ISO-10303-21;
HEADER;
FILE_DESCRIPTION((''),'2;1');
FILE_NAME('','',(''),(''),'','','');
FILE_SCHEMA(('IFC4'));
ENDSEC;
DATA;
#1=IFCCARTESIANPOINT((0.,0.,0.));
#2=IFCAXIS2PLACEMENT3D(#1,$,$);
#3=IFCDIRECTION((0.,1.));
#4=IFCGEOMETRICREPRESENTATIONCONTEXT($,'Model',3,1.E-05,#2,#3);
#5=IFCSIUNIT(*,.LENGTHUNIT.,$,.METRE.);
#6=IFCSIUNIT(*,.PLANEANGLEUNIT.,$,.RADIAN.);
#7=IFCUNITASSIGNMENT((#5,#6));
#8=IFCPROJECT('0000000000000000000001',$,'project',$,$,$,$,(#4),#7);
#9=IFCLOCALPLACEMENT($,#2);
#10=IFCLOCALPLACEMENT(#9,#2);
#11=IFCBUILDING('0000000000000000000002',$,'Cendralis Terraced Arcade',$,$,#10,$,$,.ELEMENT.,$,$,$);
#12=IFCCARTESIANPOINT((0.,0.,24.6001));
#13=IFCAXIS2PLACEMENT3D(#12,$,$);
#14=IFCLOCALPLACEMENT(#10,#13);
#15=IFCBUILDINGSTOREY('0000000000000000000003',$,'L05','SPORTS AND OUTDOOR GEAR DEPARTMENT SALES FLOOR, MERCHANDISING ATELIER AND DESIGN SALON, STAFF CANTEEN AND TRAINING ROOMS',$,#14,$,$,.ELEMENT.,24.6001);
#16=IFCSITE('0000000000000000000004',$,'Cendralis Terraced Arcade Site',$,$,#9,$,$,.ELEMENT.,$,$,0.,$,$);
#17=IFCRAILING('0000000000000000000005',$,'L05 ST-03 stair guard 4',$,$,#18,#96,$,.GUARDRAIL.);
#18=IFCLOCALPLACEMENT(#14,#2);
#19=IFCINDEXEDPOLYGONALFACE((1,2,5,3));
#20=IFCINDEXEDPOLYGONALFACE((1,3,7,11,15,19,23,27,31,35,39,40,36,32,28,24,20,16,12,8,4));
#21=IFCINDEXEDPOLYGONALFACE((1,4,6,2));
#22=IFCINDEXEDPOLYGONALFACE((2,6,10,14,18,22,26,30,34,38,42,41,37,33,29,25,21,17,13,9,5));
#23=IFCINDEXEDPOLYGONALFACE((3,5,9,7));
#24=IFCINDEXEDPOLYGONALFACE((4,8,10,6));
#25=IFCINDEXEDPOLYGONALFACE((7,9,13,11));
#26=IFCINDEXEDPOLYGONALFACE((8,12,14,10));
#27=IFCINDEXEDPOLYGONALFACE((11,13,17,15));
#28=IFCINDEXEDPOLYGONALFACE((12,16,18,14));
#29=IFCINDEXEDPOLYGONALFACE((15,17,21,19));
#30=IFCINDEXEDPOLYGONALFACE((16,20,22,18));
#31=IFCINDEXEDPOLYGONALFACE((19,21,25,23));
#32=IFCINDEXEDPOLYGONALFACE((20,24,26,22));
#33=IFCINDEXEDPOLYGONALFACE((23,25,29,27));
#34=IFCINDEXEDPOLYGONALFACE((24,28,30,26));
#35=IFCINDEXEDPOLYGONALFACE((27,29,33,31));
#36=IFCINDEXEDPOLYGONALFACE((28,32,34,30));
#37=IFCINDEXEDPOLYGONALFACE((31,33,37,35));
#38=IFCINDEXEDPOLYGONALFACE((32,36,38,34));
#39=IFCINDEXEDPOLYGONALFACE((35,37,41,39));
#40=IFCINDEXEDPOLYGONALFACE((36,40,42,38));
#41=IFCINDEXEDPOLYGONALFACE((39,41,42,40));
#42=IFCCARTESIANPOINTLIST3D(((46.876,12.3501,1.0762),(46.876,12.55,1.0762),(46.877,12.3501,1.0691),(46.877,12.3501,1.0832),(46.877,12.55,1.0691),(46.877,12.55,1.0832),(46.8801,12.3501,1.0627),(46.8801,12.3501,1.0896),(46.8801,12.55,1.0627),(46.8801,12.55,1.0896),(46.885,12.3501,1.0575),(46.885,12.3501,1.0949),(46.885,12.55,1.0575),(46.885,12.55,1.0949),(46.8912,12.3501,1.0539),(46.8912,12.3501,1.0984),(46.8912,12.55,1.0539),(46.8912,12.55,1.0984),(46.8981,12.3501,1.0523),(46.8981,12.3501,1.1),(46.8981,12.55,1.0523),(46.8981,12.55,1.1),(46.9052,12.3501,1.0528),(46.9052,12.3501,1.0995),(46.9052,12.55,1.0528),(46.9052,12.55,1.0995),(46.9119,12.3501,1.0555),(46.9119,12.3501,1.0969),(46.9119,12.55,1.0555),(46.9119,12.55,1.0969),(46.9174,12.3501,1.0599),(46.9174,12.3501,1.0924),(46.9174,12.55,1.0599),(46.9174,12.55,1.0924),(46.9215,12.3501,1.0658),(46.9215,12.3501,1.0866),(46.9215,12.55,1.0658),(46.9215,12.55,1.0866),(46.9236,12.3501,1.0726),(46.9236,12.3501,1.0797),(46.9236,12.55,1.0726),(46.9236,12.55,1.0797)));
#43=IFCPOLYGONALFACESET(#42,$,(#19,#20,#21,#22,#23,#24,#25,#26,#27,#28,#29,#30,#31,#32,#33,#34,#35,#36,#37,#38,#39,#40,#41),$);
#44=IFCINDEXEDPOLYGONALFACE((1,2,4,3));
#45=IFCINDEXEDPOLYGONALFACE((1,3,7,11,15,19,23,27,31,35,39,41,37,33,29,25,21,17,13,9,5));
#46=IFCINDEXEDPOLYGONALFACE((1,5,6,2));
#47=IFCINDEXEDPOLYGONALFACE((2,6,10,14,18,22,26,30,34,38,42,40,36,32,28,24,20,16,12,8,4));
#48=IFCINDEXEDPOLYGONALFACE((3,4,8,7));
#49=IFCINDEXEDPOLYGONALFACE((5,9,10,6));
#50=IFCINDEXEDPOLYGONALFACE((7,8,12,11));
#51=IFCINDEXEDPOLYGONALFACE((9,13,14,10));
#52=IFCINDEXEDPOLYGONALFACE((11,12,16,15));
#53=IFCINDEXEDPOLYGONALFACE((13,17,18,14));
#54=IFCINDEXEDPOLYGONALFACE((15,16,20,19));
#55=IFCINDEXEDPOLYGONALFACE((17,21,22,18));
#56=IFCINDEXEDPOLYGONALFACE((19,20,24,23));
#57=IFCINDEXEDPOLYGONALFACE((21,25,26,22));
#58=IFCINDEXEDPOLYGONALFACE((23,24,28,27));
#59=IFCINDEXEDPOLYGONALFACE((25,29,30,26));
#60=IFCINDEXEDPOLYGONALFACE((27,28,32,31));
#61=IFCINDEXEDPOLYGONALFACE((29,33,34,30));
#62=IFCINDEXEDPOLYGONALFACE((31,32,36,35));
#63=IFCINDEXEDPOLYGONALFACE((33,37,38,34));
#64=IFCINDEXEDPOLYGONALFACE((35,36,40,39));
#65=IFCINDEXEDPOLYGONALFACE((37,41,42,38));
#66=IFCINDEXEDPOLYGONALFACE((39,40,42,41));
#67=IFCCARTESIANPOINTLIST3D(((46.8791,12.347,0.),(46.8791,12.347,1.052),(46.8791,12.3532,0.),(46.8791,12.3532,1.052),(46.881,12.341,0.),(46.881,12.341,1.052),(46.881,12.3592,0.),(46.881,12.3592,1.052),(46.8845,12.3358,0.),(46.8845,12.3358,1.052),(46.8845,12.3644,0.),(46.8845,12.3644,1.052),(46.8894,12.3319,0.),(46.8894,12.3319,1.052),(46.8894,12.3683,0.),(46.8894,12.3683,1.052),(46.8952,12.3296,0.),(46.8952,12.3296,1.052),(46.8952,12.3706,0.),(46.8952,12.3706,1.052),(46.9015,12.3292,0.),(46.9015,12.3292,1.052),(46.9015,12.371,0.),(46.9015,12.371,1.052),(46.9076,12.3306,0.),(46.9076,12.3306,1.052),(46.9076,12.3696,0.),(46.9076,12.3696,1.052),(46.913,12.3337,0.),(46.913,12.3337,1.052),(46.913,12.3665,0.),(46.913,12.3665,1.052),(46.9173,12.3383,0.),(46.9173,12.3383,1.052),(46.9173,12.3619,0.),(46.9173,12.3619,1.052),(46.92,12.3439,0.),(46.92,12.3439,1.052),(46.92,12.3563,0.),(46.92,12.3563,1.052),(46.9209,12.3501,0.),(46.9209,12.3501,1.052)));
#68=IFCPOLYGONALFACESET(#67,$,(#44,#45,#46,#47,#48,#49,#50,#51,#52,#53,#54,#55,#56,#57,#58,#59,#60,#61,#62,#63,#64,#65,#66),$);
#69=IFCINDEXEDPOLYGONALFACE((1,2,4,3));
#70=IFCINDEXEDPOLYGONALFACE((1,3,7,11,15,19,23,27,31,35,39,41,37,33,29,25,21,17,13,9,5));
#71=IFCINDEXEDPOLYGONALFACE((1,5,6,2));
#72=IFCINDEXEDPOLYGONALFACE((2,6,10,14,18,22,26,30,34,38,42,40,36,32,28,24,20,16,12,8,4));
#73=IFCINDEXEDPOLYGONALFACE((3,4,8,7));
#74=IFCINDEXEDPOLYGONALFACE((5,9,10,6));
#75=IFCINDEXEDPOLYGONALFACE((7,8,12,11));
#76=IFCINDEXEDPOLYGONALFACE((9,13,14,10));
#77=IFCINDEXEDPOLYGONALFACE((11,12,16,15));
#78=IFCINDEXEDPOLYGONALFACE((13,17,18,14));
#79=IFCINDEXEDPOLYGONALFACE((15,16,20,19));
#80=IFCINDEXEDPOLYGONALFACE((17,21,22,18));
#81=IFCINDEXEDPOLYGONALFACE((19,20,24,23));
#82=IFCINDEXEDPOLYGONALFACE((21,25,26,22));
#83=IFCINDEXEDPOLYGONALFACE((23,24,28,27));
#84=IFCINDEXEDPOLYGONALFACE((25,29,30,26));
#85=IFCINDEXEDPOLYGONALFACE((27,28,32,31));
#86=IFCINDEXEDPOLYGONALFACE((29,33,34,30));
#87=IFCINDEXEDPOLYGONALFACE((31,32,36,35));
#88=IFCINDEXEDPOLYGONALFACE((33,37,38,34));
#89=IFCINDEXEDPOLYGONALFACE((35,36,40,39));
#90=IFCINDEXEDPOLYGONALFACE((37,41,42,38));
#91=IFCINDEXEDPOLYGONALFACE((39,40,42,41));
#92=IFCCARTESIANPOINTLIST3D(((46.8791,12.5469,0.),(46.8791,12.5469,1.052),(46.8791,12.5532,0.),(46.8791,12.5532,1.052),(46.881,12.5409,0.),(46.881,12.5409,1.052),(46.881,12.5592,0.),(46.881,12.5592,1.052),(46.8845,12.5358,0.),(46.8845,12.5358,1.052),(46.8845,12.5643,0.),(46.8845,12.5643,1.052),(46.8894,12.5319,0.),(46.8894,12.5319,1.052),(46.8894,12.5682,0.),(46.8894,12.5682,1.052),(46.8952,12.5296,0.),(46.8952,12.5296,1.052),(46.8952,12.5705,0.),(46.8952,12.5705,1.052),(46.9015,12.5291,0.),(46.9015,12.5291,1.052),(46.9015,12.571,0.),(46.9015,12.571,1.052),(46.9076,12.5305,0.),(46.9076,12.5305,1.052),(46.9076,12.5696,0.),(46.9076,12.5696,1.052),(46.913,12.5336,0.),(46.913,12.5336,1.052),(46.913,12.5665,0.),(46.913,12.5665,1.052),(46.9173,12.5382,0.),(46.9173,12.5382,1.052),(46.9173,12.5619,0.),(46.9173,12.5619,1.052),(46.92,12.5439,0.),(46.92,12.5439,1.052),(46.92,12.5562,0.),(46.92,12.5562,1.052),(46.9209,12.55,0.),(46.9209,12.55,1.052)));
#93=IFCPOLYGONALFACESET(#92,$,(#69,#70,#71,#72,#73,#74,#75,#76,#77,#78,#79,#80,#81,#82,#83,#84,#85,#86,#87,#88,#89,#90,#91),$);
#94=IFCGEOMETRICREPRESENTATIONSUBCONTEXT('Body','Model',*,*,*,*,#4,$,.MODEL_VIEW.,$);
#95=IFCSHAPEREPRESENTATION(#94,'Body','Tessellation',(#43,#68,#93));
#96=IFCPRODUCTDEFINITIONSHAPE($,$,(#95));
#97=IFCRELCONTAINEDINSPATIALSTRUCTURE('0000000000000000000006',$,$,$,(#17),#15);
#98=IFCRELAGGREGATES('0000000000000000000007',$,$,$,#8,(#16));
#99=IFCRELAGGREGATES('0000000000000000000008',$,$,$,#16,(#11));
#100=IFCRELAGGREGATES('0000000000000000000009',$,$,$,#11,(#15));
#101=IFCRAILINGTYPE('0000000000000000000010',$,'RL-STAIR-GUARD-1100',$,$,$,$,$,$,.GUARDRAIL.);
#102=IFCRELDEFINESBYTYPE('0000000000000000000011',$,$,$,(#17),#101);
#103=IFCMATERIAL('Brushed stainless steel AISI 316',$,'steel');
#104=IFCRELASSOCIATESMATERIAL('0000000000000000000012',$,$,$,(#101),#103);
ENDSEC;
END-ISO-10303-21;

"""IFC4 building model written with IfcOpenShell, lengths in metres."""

from ifc_helpers import new_model, si_unit, direction, frame, origin, origin_2d, place, context, subcontext, project, spatial, circle, extrude, material, type_object, element, save


model = new_model("IFC4")

# Units and contexts
model_context = context("Model", 3, precision=1e-05, world=origin(), true_north=direction((0.0, 1.0)))
body_context = subcontext(model_context, "Body", "Model", "MODEL_VIEW")
ifc_project = project(units=[si_unit("LENGTHUNIT", "METRE"), si_unit("PLANEANGLEUNIT", "RADIAN")], contexts=[model_context])

# Site, building, storey
site_placement = place(None, origin())
site = spatial("IfcSite", under=ifc_project, at=site_placement, Name="Cendralis Terraced Arcade Site", CompositionType="ELEMENT", RefElevation=0.0)
building_placement = place(site_placement, origin())
building = spatial("IfcBuilding", under=site, at=building_placement, Name="Cendralis Terraced Arcade", CompositionType="ELEMENT")
storey_placement = place(building_placement, frame((0.0, 0.0, 24.6001)))
storey = spatial("IfcBuildingStorey", under=building, at=storey_placement, Name="L05", Description="SPORTS AND OUTDOOR GEAR DEPARTMENT SALES FLOOR, MERCHANDISING ATELIER AND DESIGN SALON, STAFF CANTEEN AND TRAINING ROOMS", CompositionType="ELEMENT", Elevation=24.6001)

# Railing
ifc_material_1 = material(Name="Brushed stainless steel AISI 316", Category="steel")
railing_type_1 = type_object("IfcRailingType", Name="RL-STAIR-GUARD-1100", PredefinedType="GUARDRAIL", material=ifc_material_1)
railing_1_placement = place(storey_placement, frame((46.8999, 12.3501, 0.0)))
element("IfcRailing", 1, at=railing_1_placement, inside=storey, type_object=railing_type_1, Name="L05 ST-03 stair guard 4", PredefinedType="GUARDRAIL", context=body_context, shape_type="SweptSolid", body=[
    extrude(circle(Radius=0.0239, at=origin_2d()), frame((0.0, 0.0, 1.0762), z_axis=(0.0, 1.0, 0.0), x_axis=(-1.0, 0.0, 0.0)), (0.0, 0.0, 1.0), 0.2),
    extrude(circle(Radius=0.021, at=origin_2d()), origin(), (0.0, 0.0, 1.0), 1.052),
    extrude(circle(Radius=0.021, at=origin_2d()), frame((0.0, 0.2, 0.0)), (0.0, 0.0, 1.0), 1.052),
])

save(model, "model.ifc")
